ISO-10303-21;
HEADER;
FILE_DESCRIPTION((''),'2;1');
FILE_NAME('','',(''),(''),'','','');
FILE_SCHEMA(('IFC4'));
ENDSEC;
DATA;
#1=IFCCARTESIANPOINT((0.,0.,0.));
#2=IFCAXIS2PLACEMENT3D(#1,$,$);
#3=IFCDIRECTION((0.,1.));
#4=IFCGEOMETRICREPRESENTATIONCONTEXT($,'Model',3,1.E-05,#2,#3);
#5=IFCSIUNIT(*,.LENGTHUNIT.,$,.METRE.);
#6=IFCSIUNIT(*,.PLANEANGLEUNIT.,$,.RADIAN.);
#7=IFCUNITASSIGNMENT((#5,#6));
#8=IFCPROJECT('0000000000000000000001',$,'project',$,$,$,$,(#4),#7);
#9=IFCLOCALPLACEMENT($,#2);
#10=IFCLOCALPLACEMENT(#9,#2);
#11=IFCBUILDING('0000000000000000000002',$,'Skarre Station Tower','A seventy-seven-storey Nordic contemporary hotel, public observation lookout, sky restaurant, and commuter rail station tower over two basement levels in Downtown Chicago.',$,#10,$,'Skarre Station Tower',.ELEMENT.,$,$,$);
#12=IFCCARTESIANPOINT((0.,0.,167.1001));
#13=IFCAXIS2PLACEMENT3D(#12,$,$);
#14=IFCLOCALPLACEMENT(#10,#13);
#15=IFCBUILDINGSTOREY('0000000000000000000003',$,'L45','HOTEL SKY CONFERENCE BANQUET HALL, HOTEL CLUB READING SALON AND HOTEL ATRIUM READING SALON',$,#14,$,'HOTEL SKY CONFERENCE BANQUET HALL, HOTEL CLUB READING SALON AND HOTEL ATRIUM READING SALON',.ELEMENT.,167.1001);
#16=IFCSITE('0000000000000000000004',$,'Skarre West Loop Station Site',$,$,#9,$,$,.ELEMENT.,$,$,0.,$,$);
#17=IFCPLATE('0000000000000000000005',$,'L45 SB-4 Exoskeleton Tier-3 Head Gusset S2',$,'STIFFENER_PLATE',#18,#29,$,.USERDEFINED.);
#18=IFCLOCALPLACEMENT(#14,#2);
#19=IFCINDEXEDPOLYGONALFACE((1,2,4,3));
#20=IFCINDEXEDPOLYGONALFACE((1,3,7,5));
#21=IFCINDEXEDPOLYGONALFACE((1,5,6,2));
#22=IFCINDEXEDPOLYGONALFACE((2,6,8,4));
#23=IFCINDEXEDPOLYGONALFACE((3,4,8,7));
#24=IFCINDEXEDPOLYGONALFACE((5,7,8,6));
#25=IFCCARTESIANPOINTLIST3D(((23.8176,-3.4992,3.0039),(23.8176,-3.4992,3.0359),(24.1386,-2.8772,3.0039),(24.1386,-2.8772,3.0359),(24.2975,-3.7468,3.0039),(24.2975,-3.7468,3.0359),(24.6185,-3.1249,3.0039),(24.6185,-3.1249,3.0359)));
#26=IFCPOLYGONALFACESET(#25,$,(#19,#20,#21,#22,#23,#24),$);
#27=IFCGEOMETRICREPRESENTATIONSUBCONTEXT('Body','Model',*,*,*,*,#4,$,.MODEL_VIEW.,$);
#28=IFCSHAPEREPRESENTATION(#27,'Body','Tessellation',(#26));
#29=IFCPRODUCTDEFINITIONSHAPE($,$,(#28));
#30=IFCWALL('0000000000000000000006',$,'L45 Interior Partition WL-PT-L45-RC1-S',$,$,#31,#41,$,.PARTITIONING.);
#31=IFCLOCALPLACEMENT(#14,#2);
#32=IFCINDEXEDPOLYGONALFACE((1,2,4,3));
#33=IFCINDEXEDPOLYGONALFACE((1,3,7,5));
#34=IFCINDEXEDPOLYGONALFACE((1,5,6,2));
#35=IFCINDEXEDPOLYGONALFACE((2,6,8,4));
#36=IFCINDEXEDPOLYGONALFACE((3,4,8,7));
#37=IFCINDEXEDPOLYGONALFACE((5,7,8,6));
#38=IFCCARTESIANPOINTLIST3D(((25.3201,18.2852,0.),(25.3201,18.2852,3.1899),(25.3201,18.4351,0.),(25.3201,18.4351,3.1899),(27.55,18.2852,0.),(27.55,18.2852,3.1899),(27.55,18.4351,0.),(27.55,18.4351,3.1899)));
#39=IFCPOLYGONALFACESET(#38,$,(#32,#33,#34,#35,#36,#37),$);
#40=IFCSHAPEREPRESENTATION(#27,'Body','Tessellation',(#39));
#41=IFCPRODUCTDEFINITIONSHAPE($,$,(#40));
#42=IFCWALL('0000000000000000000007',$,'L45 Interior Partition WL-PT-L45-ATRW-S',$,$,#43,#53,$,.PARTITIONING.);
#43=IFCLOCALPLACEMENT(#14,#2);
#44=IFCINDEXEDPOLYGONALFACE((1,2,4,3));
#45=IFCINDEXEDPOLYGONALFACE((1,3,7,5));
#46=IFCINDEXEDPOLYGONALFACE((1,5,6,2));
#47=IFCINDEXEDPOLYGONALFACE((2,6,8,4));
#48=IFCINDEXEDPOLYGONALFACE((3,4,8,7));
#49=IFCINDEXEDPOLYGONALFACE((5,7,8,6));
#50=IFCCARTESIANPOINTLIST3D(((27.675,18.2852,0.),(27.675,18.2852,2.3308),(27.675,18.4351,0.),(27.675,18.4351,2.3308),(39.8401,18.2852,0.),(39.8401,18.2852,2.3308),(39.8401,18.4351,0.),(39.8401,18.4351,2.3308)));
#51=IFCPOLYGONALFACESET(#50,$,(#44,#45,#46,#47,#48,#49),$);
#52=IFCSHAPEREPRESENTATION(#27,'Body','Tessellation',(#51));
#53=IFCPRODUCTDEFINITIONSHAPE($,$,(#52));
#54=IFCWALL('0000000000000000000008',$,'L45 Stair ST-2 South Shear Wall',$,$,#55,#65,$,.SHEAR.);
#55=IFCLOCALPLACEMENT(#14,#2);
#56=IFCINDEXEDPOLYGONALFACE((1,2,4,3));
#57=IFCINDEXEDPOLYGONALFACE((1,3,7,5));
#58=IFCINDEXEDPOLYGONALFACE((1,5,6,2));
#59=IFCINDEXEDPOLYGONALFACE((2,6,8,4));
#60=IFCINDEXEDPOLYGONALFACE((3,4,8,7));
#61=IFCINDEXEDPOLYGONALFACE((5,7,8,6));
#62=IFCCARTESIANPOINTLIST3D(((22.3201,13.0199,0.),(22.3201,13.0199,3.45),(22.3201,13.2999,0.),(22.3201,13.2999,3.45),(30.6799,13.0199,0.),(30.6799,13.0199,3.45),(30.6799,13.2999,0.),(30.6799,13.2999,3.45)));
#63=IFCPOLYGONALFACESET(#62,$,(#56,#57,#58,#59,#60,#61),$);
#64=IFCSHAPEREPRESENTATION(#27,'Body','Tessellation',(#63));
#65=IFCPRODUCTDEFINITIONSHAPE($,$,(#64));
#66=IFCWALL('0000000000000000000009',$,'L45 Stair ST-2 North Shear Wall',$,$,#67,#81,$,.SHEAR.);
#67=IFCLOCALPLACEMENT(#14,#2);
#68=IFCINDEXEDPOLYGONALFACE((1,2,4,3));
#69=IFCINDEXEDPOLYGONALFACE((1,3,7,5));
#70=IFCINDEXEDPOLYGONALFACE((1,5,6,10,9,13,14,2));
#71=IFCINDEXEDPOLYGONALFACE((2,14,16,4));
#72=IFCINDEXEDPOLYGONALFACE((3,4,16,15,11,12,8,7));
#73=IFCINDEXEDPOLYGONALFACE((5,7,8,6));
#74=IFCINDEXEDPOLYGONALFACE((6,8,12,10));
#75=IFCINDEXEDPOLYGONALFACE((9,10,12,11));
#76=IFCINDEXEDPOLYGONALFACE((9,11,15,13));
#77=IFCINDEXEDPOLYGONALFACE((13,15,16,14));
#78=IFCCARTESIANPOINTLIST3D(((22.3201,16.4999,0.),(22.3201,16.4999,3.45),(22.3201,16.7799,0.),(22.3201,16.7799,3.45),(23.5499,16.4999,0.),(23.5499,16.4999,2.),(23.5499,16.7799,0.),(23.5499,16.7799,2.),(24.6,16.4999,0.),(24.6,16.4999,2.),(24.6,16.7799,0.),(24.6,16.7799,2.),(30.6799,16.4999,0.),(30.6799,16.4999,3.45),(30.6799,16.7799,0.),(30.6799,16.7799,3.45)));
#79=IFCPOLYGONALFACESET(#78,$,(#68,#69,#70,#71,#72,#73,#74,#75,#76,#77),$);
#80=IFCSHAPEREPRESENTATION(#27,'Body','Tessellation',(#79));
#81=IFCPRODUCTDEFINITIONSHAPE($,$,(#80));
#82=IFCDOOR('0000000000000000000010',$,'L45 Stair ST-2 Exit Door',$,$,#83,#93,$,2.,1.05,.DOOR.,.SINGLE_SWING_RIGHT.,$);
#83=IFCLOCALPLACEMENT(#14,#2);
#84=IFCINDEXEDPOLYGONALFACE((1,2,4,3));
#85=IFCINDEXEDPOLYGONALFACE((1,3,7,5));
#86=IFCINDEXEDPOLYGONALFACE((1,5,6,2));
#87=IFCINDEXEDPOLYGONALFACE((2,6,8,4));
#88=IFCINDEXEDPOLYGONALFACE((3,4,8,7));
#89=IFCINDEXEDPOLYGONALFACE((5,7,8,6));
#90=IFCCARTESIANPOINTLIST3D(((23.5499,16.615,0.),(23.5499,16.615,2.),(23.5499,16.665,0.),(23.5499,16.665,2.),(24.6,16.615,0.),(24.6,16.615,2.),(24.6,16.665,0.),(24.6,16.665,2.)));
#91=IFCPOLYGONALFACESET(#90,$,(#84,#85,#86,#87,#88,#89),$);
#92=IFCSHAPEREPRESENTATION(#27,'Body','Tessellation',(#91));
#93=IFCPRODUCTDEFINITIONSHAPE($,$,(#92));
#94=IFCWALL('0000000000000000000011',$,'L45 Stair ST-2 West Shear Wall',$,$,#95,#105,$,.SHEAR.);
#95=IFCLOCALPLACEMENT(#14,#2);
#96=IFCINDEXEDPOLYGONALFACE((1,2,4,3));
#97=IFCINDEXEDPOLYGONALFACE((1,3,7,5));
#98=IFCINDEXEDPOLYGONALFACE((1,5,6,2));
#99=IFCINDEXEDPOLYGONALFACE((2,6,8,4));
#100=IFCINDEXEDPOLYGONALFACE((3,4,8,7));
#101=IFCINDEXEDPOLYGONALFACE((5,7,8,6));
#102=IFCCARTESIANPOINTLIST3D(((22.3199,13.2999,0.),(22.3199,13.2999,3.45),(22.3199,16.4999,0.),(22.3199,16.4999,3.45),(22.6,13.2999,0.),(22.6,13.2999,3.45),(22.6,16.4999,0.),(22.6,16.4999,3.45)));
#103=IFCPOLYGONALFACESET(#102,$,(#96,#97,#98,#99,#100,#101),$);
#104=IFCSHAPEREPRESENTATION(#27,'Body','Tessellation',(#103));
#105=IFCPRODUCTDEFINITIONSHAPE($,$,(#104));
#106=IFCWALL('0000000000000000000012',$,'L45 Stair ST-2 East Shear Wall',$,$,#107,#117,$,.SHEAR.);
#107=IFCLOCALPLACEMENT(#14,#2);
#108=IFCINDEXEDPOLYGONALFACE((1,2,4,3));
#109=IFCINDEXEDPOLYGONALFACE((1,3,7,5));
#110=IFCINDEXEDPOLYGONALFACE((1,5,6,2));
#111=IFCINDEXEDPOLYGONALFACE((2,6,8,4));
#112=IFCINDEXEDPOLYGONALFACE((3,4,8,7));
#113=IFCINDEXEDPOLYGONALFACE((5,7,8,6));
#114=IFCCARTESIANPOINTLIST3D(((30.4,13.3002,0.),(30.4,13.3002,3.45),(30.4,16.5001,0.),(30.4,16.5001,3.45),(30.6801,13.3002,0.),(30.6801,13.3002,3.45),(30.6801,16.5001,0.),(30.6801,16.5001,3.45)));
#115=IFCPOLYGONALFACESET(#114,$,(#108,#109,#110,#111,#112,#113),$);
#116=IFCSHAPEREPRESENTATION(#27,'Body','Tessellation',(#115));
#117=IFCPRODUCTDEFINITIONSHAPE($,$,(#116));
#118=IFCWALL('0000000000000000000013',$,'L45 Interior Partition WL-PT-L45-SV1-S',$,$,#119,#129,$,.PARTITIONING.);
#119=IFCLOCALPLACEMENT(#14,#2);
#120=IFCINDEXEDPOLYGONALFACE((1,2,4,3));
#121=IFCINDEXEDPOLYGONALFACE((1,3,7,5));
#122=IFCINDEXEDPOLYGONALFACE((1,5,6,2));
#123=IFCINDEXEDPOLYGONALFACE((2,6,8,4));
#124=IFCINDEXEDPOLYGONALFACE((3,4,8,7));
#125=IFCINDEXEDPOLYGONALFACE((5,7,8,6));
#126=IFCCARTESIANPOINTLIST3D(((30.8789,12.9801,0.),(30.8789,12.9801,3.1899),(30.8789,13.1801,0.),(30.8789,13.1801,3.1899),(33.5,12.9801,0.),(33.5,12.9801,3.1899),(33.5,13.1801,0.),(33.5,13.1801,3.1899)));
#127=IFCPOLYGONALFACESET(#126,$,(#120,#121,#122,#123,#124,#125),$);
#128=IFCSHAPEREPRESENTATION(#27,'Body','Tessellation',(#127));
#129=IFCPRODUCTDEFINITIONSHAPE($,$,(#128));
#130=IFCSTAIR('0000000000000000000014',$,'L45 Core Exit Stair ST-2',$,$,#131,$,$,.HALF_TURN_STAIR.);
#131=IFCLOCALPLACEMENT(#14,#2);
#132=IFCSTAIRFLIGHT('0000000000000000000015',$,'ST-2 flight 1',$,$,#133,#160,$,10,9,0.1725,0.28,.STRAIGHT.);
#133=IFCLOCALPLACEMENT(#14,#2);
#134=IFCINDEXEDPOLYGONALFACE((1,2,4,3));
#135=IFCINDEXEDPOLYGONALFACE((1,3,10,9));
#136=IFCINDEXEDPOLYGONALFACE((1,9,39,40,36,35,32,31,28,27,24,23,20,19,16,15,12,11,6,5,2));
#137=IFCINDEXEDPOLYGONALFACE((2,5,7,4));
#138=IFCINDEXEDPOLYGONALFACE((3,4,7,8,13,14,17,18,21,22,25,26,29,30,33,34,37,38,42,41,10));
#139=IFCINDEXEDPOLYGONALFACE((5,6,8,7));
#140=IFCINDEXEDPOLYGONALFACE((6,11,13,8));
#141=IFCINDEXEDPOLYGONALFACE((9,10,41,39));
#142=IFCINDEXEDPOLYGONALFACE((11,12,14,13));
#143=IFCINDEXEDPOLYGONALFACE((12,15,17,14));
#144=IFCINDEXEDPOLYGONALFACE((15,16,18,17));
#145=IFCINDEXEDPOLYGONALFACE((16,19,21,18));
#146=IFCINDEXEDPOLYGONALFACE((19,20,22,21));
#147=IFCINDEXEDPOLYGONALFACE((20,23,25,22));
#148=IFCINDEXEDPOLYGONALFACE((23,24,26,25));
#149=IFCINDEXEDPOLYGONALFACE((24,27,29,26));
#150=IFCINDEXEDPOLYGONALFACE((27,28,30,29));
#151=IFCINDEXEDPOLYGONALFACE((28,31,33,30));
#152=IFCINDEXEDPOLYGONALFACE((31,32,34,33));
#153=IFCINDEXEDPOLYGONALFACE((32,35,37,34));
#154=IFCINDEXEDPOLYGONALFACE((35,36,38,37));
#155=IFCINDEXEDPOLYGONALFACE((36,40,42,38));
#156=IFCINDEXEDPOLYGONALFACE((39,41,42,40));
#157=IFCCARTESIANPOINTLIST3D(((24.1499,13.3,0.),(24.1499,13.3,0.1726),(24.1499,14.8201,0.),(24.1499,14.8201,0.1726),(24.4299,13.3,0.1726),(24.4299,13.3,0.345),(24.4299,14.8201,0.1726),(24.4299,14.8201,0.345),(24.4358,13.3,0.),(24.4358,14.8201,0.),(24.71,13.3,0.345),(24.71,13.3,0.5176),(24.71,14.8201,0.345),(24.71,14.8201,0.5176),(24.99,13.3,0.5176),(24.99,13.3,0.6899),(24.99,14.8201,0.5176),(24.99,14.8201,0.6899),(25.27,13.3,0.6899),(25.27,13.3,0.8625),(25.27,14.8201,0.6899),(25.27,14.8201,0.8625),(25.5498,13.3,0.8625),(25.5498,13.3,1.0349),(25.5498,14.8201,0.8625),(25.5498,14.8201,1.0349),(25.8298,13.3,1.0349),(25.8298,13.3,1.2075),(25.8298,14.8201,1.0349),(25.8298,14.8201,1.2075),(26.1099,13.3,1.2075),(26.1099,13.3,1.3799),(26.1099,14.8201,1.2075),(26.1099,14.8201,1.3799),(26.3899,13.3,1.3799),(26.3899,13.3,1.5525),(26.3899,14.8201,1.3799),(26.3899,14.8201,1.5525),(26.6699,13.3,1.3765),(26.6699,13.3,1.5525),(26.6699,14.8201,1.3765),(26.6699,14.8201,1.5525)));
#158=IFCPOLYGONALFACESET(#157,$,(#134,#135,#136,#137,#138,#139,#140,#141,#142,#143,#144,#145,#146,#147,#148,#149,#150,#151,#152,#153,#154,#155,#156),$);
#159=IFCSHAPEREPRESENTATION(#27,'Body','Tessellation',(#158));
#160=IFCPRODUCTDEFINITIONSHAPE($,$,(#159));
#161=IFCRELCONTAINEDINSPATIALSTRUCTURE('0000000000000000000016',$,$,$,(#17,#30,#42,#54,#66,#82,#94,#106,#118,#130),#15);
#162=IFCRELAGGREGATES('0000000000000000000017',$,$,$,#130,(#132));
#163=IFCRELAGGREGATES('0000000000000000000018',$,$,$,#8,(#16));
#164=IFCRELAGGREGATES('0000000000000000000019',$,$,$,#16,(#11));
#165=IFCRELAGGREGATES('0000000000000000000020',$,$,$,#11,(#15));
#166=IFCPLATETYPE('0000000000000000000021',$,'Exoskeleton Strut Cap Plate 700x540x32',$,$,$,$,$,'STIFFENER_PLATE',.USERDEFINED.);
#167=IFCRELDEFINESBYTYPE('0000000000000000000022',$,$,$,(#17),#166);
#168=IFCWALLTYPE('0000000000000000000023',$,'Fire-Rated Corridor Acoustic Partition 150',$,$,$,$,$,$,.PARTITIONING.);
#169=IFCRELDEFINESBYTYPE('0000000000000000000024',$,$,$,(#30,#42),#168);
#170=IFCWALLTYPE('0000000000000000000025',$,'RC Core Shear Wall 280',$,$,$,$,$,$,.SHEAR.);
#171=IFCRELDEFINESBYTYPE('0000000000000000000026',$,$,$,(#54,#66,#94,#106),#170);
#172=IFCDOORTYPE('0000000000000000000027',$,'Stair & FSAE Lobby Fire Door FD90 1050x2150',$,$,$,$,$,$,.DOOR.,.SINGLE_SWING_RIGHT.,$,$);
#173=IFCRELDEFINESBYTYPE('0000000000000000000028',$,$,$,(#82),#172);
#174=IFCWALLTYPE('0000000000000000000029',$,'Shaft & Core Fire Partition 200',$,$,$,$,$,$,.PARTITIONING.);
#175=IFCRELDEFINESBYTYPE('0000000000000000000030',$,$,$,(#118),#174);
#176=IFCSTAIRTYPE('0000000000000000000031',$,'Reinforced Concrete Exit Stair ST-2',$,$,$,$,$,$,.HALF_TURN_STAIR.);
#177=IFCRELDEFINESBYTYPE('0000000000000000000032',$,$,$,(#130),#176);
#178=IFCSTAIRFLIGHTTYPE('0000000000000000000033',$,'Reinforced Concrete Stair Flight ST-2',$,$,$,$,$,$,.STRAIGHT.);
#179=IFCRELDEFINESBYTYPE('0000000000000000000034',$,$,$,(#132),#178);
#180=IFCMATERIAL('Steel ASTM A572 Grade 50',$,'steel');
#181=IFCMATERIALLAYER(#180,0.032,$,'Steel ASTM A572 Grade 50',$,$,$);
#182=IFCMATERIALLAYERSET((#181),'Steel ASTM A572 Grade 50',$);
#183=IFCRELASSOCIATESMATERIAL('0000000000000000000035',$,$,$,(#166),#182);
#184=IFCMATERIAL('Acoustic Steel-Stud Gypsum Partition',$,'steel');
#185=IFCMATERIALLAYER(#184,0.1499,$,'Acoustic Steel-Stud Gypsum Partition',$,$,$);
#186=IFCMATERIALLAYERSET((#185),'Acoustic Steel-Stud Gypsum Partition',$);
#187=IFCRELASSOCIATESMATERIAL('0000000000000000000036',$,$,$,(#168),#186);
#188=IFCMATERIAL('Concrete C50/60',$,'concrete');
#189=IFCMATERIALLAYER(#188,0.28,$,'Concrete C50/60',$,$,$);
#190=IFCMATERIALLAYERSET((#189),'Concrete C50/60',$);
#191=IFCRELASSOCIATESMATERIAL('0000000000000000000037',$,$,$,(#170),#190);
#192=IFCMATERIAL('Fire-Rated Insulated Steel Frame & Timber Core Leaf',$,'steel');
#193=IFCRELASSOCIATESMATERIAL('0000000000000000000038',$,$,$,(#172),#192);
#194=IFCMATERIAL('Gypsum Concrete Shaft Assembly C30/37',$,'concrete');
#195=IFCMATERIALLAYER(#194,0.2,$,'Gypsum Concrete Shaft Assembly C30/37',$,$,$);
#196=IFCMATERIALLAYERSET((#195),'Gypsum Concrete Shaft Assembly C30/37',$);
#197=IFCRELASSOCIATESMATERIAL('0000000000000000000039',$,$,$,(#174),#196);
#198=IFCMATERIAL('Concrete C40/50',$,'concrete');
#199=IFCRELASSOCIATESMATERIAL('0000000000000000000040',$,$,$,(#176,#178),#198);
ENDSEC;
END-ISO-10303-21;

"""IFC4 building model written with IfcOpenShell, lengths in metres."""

from ifc_helpers import new_model, si_unit, direction, frame, frame_2d, origin, origin_2d, place, context, subcontext, project, spatial, polyline, rectangle, outline, extrude, material, layer, layer_set, type_object, element, fill, aggregate, save


model = new_model("IFC4")

# Units and contexts
model_context = context("Model", 3, precision=1e-05, world=origin(), true_north=direction((0.0, 1.0)))
body_context = subcontext(model_context, "Body", "Model", "MODEL_VIEW")
ifc_project = project(units=[si_unit("LENGTHUNIT", "METRE"), si_unit("PLANEANGLEUNIT", "RADIAN")], contexts=[model_context])

# Site, building, storey
site_placement = place(None, origin())
site = spatial("IfcSite", under=ifc_project, at=site_placement, Name="Skarre West Loop Station Site", CompositionType="ELEMENT", RefElevation=0.0)
building_placement = place(site_placement, origin())
building = spatial("IfcBuilding", under=site, at=building_placement, Name="Skarre Station Tower", Description="A seventy-seven-storey Nordic contemporary hotel, public observation lookout, sky restaurant, and commuter rail station tower over two basement levels in Downtown Chicago.", LongName="Skarre Station Tower", CompositionType="ELEMENT")
storey_placement = place(building_placement, frame((0.0, 0.0, 167.1001)))
storey = spatial("IfcBuildingStorey", under=building, at=storey_placement, Name="L45", Description="HOTEL SKY CONFERENCE BANQUET HALL, HOTEL CLUB READING SALON AND HOTEL ATRIUM READING SALON", LongName="HOTEL SKY CONFERENCE BANQUET HALL, HOTEL CLUB READING SALON AND HOTEL ATRIUM READING SALON", CompositionType="ELEMENT", Elevation=167.1001)

# Shared definitions
ifc_material_1 = material(Name="Concrete C50/60", Category="concrete")

# Plate
ifc_material_2 = material(Name="Steel ASTM A572 Grade 50", Category="steel")
ifc_layer_1 = layer(ifc_material_2, 0.032, Name="Steel ASTM A572 Grade 50")
ifc_layer_set_1 = layer_set([ifc_layer_1], Name="Steel ASTM A572 Grade 50")
plate_type = type_object("IfcPlateType", Name="Exoskeleton Strut Cap Plate 700x540x32", ElementType="STIFFENER_PLATE", PredefinedType="USERDEFINED", material=ifc_layer_set_1)
for number, where, z_axis, x_axis, name in (
    (1, (24.218, -3.312, 3.0039), (0.0, 0.0, 1.0), (-0.458634, -0.888625, 0.0), "L45 SB-4 Exoskeleton Tier-3 Head Gusset S2"),
):
    element("IfcPlate", number, at=place(storey_placement, frame(where, z_axis=z_axis, x_axis=x_axis)), inside=storey, type_object=plate_type, Name=name, ObjectType="STIFFENER_PLATE", PredefinedType="USERDEFINED", context=body_context, shape_type="SweptSolid", body=[
        extrude(rectangle(XDim=0.7, YDim=0.54, at=origin_2d()), origin(), (0.0, 0.0, 1.0), 0.032),
    ])

# Walls
ifc_material_3 = material(Name="Acoustic Steel-Stud Gypsum Partition", Category="steel")
ifc_layer_2 = layer(ifc_material_3, 0.1499, Name="Acoustic Steel-Stud Gypsum Partition")
ifc_layer_set_2 = layer_set([ifc_layer_2], Name="Acoustic Steel-Stud Gypsum Partition")
wall_type_1 = type_object("IfcWallType", Name="Fire-Rated Corridor Acoustic Partition 150", PredefinedType="PARTITIONING", material=ifc_layer_set_2)
wall_1_placement = place(storey_placement, frame((25.3201, 18.3601, 0.0), z_axis=(0.0, 0.0, 1.0), x_axis=(1.0, 0.0, 0.0)))
element("IfcWall", 2, at=wall_1_placement, inside=storey, type_object=wall_type_1, Name="L45 Interior Partition WL-PT-L45-RC1-S", PredefinedType="PARTITIONING", context=body_context, shape_type="SweptSolid", body=[
    extrude(rectangle(XDim=2.23, YDim=0.1499, at=frame_2d((1.115, 0.0))), origin(), (0.0, 0.0, 1.0), 3.1899),
])
wall_2_placement = place(storey_placement, frame((27.675, 18.3601, 0.0), z_axis=(0.0, 0.0, 1.0), x_axis=(1.0, 0.0, 0.0)))
element("IfcWall", 3, at=wall_2_placement, inside=storey, type_object=wall_type_1, Name="L45 Interior Partition WL-PT-L45-ATRW-S", PredefinedType="PARTITIONING", context=body_context, shape_type="SweptSolid", body=[
    extrude(rectangle(XDim=12.165, YDim=0.1499, at=frame_2d((6.0825, 0.0))), origin(), (0.0, 0.0, 1.0), 2.3308),
])
ifc_layer_3 = layer(ifc_material_1, 0.28, Name="Concrete C50/60")
ifc_layer_set_3 = layer_set([ifc_layer_3], Name="Concrete C50/60")
wall_type_2 = type_object("IfcWallType", Name="RC Core Shear Wall 280", PredefinedType="SHEAR", material=ifc_layer_set_3)
wall_3_placement = place(storey_placement, frame((22.3201, 13.1599, 0.0), z_axis=(0.0, 0.0, 1.0), x_axis=(1.0, 0.0, 0.0)))
element("IfcWall", 4, at=wall_3_placement, inside=storey, type_object=wall_type_2, Name="L45 Stair ST-2 South Shear Wall", PredefinedType="SHEAR", context=body_context, shape_type="SweptSolid", body=[
    extrude(rectangle(XDim=8.3599, YDim=0.28, at=frame_2d((4.1799, 0.0))), origin(), (0.0, 0.0, 1.0), 3.45),
])

# Wall, opening, door
wall_4_placement = place(storey_placement, frame((30.6799, 16.6399, 0.0), z_axis=(0.0, 0.0, 1.0), x_axis=(-1.0, 0.0, 0.0)))
wall_4 = element("IfcWall", 5, at=wall_4_placement, inside=storey, type_object=wall_type_2, Name="L45 Stair ST-2 North Shear Wall", PredefinedType="SHEAR", context=body_context, shape_type="SweptSolid", body=[
    extrude(rectangle(XDim=8.3599, YDim=0.28, at=frame_2d((4.1799, 0.0))), origin(), (0.0, 0.0, 1.0), 3.45),
])
opening_placement = place(wall_4_placement, frame((6.0801, 0.0, 0.0)))
opening = element("IfcOpeningElement", 6, at=opening_placement, cuts=wall_4, PredefinedType="OPENING", context=body_context, shape_type="SweptSolid", body=[
    extrude(rectangle(XDim=1.05, YDim=2.0, at=frame_2d((0.5249, 1.0))), frame((0.0, 0.1499, 0.0), z_axis=(0.0, -1.0, 0.0), x_axis=(1.0, 0.0, 0.0)), (0.0, 0.0, 1.0), 0.3),
])
ifc_material_4 = material(Name="Fire-Rated Insulated Steel Frame & Timber Core Leaf", Category="steel")
door_type = type_object("IfcDoorType", Name="Stair & FSAE Lobby Fire Door FD90 1050x2150", OperationType="SINGLE_SWING_RIGHT", PredefinedType="DOOR", material=ifc_material_4)
door_placement = place(opening_placement, origin())
door = element("IfcDoor", 7, at=door_placement, inside=storey, type_object=door_type, Name="L45 Stair ST-2 Exit Door", OperationType="SINGLE_SWING_RIGHT", OverallHeight=2.0, OverallWidth=1.05, PredefinedType="DOOR", context=body_context, shape_type="SweptSolid", body=[
    extrude(rectangle(XDim=1.05, YDim=2.0, at=frame_2d((0.5249, 1.0))), frame((0.0, 0.0249, 0.0), z_axis=(0.0, -1.0, 0.0), x_axis=(1.0, 0.0, 0.0)), (0.0, 0.0, 1.0), 0.05),
])
fill(opening, door)

# Walls
for number, where, z_axis, x_axis, name in (
    (8, (22.46, 16.5, 0.0), (0.0, 0.0, 1.0), (0.0, -1.0, 0.0), "L45 Stair ST-2 West Shear Wall"),
    (9, (30.54, 13.3, 0.0), (0.0, 0.0, 1.0), (0.0, 1.0, 0.0), "L45 Stair ST-2 East Shear Wall"),
):
    element("IfcWall", number, at=place(storey_placement, frame(where, z_axis=z_axis, x_axis=x_axis)), inside=storey, type_object=wall_type_2, Name=name, PredefinedType="SHEAR", context=body_context, shape_type="SweptSolid", body=[
        extrude(rectangle(XDim=3.2, YDim=0.28, at=frame_2d((1.6001, 0.0))), origin(), (0.0, 0.0, 1.0), 3.45),
    ])
ifc_material_5 = material(Name="Gypsum Concrete Shaft Assembly C30/37", Category="concrete")
ifc_layer_4 = layer(ifc_material_5, 0.2, Name="Gypsum Concrete Shaft Assembly C30/37")
ifc_layer_set_4 = layer_set([ifc_layer_4], Name="Gypsum Concrete Shaft Assembly C30/37")
wall_type_3 = type_object("IfcWallType", Name="Shaft & Core Fire Partition 200", PredefinedType="PARTITIONING", material=ifc_layer_set_4)
wall_5_placement = place(storey_placement, frame((30.8789, 13.0801, 0.0), z_axis=(0.0, 0.0, 1.0), x_axis=(1.0, 0.0, 0.0)))
element("IfcWall", 10, at=wall_5_placement, inside=storey, type_object=wall_type_3, Name="L45 Interior Partition WL-PT-L45-SV1-S", PredefinedType="PARTITIONING", context=body_context, shape_type="SweptSolid", body=[
    extrude(rectangle(XDim=2.6211, YDim=0.2, at=frame_2d((1.3105, 0.0))), origin(), (0.0, 0.0, 1.0), 3.1899),
])

# Stair, stair flight
ifc_material_6 = material(Name="Concrete C40/50", Category="concrete")
stair_type = type_object("IfcStairType", Name="Reinforced Concrete Exit Stair ST-2", PredefinedType="HALF_TURN_STAIR", material=ifc_material_6)
stair_placement = place(storey_placement, origin())
stair = element("IfcStair", 11, at=stair_placement, inside=storey, type_object=stair_type, Name="L45 Core Exit Stair ST-2", PredefinedType="HALF_TURN_STAIR")
stair_flight_type = type_object("IfcStairFlightType", Name="Reinforced Concrete Stair Flight ST-2", PredefinedType="STRAIGHT", material=ifc_material_6)
stair_flight_1_placement = place(storey_placement, frame((24.1499, 14.0601, 0.0), z_axis=(0.0, 0.0, 1.0), x_axis=(1.0, 0.0, 0.0)))
stair_flight_1 = element("IfcStairFlight", 12, at=stair_flight_1_placement, type_object=stair_flight_type, Name="ST-2 flight 1", NumberOfRisers=10, NumberOfTreads=9, PredefinedType="STRAIGHT", RiserHeight=0.1725, TreadLength=0.28, context=body_context, shape_type="SweptSolid", body=[
    extrude(outline(polyline([(0.0, 0.0), (0.0, 0.1726), (0.28, 0.1726), (0.28, 0.345), (0.5601, 0.345), (0.5601, 0.5176), (0.8401, 0.5176), (0.8401, 0.6899), (1.1201, 0.6899), (1.1201, 0.8625), (1.3999, 0.8625), (1.3999, 1.0349), (1.6799, 1.0349), (1.6799, 1.2075), (1.96, 1.2075), (1.96, 1.3799), (2.24, 1.3799), (2.24, 1.5525), (2.52, 1.5525), (2.52, 1.7251), (2.52, 1.3765), (0.2859, 0.0), (0.0, 0.0)])), frame((0.0, 0.76, 0.0), z_axis=(0.0, -1.0, 0.0), x_axis=(1.0, 0.0, 0.0)), (0.0, 0.0, 1.0), 1.52),
])
aggregate(stair, [stair_flight_1])

save(model, "model.ifc")
